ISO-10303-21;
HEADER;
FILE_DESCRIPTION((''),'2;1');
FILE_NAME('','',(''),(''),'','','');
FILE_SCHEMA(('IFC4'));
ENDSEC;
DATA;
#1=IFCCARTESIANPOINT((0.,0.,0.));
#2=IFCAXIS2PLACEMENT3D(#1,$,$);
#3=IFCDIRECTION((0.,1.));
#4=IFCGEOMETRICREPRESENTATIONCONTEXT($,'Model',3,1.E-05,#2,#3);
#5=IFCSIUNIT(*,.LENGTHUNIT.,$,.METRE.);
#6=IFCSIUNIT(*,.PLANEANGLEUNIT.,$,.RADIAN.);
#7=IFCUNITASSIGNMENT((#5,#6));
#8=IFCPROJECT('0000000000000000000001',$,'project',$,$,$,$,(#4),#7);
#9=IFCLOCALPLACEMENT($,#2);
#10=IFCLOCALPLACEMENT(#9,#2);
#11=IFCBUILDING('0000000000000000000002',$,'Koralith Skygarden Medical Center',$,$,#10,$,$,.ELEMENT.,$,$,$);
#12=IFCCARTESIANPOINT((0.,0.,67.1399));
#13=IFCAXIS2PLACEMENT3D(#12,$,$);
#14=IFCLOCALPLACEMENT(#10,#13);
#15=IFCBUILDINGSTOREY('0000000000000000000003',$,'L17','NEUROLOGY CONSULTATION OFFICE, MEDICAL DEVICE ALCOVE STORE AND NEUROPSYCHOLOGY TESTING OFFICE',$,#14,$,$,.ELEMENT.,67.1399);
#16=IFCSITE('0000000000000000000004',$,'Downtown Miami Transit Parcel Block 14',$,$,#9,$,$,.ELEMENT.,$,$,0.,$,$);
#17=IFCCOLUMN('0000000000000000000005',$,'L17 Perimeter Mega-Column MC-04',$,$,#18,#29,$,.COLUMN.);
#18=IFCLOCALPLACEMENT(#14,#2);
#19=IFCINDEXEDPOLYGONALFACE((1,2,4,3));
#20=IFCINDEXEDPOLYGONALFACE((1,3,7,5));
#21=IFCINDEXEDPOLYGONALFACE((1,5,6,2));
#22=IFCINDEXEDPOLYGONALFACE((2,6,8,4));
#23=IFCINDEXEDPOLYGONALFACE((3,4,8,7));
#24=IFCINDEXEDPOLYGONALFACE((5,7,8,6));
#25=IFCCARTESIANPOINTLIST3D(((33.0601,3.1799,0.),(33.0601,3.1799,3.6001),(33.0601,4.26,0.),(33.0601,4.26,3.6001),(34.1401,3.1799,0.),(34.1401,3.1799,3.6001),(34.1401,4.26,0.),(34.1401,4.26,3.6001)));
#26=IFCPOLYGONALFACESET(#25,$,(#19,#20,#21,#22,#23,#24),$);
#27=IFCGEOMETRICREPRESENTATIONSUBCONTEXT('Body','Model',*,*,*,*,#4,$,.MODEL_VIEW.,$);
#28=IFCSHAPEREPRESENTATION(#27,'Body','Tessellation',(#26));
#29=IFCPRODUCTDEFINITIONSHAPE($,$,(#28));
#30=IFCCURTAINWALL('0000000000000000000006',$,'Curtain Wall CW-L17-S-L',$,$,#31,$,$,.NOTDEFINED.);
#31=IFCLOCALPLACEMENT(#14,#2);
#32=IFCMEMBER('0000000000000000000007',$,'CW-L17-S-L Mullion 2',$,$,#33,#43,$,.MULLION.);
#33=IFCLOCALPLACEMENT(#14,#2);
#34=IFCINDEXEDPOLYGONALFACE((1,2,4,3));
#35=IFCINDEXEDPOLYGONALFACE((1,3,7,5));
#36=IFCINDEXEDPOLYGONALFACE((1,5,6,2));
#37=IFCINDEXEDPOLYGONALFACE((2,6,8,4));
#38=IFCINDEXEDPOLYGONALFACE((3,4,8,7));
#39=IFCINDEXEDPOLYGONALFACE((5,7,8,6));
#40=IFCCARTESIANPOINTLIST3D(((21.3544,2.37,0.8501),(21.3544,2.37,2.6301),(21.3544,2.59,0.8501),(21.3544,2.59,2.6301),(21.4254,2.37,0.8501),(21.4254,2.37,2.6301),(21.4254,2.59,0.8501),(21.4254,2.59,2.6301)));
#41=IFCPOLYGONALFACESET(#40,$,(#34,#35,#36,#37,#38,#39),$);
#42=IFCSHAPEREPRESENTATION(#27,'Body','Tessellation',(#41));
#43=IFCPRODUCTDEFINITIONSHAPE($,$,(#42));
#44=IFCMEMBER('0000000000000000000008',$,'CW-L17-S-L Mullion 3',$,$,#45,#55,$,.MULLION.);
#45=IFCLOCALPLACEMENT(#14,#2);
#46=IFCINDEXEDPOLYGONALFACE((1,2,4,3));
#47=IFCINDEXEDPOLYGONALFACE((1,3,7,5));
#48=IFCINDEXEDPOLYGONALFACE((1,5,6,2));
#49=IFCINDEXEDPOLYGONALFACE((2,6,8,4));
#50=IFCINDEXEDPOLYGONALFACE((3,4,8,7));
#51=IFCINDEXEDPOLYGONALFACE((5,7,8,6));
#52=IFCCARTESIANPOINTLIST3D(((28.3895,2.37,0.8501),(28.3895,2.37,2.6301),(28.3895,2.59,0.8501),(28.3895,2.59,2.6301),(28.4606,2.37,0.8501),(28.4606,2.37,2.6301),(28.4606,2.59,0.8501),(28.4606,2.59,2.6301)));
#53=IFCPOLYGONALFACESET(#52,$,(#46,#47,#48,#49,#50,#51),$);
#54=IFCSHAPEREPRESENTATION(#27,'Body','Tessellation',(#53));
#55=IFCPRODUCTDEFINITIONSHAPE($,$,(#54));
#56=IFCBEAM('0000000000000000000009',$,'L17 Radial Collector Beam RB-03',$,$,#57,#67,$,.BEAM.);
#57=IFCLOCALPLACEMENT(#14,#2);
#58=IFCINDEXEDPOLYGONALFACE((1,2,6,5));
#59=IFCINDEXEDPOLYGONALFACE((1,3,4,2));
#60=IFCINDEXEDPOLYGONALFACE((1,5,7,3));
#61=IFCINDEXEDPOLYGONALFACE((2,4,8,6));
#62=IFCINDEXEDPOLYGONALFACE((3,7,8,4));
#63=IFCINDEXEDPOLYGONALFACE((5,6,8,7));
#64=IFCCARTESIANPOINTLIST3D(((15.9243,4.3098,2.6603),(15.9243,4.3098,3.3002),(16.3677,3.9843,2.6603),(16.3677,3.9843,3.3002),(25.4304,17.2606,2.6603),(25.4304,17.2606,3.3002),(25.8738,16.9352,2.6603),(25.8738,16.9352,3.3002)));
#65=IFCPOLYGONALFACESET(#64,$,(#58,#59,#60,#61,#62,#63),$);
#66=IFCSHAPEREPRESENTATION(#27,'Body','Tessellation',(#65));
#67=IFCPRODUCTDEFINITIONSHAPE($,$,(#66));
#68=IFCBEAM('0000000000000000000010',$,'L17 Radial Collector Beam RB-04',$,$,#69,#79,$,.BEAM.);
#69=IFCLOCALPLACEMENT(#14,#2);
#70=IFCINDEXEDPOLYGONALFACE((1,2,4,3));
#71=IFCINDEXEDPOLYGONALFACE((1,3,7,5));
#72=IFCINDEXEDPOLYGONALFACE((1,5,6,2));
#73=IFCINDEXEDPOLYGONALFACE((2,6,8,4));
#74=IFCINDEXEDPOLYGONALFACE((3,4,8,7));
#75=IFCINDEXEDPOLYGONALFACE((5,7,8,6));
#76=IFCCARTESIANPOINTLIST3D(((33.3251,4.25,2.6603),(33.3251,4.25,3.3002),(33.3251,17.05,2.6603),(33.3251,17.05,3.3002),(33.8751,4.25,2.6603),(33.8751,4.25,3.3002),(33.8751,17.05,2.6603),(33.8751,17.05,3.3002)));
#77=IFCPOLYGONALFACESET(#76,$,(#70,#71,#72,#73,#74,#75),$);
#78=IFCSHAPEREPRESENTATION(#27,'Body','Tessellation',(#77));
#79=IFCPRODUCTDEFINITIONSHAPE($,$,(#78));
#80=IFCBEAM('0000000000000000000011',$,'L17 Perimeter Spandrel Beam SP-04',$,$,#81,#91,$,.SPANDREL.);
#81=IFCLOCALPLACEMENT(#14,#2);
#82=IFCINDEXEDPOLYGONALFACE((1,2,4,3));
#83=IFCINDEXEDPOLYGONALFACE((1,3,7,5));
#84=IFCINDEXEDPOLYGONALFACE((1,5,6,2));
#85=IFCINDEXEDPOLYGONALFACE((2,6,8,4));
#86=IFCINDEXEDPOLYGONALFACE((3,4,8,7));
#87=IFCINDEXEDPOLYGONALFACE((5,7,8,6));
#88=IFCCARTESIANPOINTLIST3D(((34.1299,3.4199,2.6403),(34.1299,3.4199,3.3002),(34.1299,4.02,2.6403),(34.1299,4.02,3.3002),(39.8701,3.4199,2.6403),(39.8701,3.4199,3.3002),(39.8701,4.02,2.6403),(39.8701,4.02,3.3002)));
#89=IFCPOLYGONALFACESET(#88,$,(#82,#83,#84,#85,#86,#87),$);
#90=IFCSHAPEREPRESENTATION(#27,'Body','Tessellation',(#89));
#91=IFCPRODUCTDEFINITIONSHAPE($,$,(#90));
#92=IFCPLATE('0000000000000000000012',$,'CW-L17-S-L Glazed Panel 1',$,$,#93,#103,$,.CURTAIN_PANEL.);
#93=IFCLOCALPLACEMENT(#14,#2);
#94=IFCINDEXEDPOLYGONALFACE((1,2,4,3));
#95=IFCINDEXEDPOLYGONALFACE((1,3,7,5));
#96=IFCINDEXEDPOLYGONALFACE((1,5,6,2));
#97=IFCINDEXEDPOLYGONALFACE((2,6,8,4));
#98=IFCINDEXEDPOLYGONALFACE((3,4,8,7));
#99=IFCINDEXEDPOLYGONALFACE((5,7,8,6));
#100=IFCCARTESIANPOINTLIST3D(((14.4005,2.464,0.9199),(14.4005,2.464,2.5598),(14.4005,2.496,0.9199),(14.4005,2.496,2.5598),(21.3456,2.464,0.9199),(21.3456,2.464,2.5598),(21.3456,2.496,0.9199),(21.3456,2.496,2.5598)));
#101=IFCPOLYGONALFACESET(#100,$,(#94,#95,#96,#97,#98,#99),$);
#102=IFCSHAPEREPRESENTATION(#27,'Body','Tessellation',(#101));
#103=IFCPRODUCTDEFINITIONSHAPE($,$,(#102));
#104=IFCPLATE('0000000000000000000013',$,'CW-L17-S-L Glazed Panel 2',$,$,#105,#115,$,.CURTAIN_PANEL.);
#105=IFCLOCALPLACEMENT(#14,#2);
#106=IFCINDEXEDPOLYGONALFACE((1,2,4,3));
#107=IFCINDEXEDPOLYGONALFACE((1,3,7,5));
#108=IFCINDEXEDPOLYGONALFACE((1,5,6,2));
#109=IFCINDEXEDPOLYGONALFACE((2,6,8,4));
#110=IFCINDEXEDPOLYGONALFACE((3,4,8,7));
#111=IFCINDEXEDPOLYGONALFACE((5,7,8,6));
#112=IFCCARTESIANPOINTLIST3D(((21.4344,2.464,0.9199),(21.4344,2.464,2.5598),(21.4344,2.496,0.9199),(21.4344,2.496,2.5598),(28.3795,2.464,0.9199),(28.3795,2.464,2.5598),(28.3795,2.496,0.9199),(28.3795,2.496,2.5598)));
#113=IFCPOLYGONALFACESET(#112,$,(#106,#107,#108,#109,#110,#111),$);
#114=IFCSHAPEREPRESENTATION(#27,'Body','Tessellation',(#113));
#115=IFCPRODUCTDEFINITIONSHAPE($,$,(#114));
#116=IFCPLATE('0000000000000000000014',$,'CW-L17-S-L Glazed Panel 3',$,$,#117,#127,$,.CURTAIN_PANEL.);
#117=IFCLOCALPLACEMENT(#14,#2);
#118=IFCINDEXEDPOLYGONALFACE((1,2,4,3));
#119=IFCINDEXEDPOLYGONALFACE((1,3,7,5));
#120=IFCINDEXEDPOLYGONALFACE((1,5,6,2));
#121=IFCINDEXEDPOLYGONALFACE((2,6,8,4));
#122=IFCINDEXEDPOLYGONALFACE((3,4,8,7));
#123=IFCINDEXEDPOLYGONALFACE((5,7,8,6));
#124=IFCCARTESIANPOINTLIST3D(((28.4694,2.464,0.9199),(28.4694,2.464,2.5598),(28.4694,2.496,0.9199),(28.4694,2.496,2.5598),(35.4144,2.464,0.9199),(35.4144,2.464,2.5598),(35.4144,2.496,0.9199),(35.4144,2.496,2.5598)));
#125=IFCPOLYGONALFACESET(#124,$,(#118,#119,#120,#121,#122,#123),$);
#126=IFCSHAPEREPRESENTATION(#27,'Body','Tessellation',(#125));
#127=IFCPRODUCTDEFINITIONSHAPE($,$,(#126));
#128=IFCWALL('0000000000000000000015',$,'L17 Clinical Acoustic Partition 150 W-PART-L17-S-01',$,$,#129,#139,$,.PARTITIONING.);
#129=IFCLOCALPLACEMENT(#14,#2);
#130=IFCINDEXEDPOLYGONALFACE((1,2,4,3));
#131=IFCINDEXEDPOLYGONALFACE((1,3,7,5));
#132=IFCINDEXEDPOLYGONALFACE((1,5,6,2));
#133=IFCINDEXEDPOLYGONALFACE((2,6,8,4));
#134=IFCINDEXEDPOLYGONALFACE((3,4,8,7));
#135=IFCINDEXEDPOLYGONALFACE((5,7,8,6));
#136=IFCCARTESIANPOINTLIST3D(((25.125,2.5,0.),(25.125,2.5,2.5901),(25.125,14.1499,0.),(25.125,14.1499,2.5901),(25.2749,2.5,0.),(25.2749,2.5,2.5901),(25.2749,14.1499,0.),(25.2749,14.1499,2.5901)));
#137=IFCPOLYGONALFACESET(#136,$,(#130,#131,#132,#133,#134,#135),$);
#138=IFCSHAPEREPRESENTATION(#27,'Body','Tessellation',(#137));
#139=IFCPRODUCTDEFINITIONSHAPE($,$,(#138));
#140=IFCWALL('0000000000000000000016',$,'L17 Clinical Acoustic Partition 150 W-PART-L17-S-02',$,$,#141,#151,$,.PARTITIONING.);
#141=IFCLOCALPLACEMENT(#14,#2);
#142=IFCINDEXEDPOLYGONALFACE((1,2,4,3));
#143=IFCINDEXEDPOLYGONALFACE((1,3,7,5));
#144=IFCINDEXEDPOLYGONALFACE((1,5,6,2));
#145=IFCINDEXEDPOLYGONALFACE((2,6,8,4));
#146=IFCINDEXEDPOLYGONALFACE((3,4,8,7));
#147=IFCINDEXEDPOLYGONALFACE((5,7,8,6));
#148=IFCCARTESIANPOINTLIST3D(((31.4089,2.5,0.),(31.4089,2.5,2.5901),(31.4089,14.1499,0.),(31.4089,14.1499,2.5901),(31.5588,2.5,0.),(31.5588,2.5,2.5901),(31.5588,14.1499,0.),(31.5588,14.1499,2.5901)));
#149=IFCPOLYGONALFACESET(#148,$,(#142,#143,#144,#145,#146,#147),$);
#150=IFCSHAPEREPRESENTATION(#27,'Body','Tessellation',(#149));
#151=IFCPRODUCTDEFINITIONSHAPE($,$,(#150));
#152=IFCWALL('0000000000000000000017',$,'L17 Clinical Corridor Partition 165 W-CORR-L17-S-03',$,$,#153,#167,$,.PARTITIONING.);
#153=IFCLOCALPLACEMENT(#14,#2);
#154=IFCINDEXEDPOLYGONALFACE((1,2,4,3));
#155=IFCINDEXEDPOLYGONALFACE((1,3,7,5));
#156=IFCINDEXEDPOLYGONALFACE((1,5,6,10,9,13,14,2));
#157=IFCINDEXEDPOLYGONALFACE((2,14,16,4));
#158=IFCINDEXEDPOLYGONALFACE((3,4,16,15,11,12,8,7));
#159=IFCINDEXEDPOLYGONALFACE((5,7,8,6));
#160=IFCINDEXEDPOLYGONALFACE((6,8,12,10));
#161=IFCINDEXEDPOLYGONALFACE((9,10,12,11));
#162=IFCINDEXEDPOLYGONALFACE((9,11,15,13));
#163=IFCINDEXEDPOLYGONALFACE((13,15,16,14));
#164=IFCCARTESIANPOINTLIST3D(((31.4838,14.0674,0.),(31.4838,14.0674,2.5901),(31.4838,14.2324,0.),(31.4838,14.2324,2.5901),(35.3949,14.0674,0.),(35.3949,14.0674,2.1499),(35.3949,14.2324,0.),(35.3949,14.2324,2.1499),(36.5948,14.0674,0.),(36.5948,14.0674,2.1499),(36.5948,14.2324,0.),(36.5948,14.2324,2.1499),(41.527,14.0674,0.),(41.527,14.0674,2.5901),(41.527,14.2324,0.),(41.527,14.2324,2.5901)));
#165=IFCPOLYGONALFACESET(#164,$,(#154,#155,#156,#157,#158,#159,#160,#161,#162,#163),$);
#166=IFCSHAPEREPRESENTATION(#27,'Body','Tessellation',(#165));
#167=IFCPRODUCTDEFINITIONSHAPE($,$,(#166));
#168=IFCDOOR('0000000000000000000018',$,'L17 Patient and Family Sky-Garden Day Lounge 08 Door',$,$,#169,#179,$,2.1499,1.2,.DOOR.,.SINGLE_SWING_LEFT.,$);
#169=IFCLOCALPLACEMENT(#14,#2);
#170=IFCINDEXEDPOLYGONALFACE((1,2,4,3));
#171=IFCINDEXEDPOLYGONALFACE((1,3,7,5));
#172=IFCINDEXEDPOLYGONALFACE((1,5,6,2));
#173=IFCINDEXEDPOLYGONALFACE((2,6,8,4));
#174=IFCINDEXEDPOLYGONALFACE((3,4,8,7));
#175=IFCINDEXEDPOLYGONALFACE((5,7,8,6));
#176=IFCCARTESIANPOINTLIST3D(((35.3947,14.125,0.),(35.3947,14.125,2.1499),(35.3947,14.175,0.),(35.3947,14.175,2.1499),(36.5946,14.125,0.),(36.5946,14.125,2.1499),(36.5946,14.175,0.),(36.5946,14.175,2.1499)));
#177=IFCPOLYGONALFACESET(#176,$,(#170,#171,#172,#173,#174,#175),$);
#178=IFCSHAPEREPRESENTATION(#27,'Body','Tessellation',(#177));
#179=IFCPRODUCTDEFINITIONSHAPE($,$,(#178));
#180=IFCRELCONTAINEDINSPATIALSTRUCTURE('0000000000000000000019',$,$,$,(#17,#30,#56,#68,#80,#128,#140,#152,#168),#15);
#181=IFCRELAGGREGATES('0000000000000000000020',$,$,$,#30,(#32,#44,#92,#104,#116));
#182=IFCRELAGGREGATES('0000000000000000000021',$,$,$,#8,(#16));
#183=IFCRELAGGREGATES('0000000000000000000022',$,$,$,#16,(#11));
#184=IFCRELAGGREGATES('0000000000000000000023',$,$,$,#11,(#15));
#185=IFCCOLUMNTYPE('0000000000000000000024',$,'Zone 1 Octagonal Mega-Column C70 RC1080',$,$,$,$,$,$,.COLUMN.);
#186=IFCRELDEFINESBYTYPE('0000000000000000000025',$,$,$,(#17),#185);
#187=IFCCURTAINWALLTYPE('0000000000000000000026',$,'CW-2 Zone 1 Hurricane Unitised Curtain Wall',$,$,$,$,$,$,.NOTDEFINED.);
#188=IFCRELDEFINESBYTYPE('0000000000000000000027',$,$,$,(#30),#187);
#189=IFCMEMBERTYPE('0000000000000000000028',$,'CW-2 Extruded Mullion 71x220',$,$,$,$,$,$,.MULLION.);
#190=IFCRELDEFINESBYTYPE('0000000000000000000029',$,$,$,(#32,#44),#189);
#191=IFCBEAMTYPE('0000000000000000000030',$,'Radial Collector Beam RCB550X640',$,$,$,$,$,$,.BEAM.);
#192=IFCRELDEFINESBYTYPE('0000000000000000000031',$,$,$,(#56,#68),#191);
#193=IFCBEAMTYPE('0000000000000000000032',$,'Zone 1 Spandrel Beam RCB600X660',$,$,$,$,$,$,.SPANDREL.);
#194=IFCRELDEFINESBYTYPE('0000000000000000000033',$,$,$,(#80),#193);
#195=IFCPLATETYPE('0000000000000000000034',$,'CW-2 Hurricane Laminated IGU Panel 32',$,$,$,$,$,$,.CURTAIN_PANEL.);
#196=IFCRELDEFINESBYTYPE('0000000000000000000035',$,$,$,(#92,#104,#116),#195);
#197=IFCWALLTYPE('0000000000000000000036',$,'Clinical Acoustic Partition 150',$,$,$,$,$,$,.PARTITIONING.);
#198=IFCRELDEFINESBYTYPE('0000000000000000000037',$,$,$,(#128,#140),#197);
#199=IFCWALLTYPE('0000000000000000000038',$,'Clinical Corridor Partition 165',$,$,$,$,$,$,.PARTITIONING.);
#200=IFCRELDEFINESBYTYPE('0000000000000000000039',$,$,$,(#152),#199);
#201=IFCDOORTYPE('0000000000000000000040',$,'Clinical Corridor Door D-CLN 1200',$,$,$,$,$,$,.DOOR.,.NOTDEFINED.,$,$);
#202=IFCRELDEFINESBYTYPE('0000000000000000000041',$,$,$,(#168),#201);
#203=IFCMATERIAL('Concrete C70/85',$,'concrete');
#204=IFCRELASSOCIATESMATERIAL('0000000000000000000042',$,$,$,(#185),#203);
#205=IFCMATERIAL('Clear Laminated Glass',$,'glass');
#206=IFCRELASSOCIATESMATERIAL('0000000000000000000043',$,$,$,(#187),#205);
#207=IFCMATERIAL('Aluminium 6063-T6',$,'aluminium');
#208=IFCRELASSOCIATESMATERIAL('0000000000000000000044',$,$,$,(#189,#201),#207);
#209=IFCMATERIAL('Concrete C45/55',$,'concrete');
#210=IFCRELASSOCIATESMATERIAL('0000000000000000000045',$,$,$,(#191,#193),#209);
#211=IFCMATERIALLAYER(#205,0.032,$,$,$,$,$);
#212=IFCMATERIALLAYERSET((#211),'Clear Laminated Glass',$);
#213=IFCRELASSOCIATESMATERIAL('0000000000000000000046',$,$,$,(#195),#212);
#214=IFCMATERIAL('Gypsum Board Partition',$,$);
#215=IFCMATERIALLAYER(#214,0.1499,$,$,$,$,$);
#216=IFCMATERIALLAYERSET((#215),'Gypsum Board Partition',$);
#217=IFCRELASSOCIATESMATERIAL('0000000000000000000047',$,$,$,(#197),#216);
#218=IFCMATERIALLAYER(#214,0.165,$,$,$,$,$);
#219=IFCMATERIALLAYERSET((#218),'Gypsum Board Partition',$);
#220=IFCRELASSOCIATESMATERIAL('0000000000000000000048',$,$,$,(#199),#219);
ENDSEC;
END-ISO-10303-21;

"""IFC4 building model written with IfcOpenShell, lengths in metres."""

from ifc_helpers import new_model, si_unit, direction, frame, frame_2d, origin, origin_2d, place, context, subcontext, project, spatial, rectangle, extrude, material, layer, layer_set, material_profile, profile_set, type_object, element, fill, aggregate, save


model = new_model("IFC4")

# Units and contexts
model_context = context("Model", 3, precision=1e-05, world=origin(), true_north=direction((0.0, 1.0)))
body_context = subcontext(model_context, "Body", "Model", "MODEL_VIEW")
ifc_project = project(units=[si_unit("LENGTHUNIT", "METRE"), si_unit("PLANEANGLEUNIT", "RADIAN")], contexts=[model_context])

# Site, building, storey
site_placement = place(None, origin())
site = spatial("IfcSite", under=ifc_project, at=site_placement, Name="Downtown Miami Transit Parcel Block 14", CompositionType="ELEMENT", RefElevation=0.0)
building_placement = place(site_placement, origin())
building = spatial("IfcBuilding", under=site, at=building_placement, Name="Koralith Skygarden Medical Center", CompositionType="ELEMENT")
storey_placement = place(building_placement, frame((0.0, 0.0, 67.1399)))
storey = spatial("IfcBuildingStorey", under=building, at=storey_placement, Name="L17", Description="NEUROLOGY CONSULTATION OFFICE, MEDICAL DEVICE ALCOVE STORE AND NEUROPSYCHOLOGY TESTING OFFICE", CompositionType="ELEMENT", Elevation=67.1399)

# Column
ifc_material_1 = material(Name="Concrete C70/85", Category="concrete")
ifc_material_profile_1 = material_profile(ifc_material_1, rectangle(XDim=1.0801, YDim=1.0801, at=origin_2d()), Name="RC1080X1080")
ifc_profile_set_1 = profile_set([ifc_material_profile_1], Name="Concrete C70/85")
column_type = type_object("IfcColumnType", Name="Zone 1 Octagonal Mega-Column C70 RC1080", PredefinedType="COLUMN", material=ifc_profile_set_1)
column_placement = place(storey_placement, frame((33.6001, 3.72, 0.0), z_axis=(0.0, 0.0, 1.0), x_axis=(1.0, 0.0, 0.0)))
element("IfcColumn", 1, at=column_placement, inside=storey, type_object=column_type, Name="L17 Perimeter Mega-Column MC-04", PredefinedType="COLUMN", context=body_context, shape_type="SweptSolid", body=[
    extrude(rectangle(XDim=1.0801, YDim=1.0801, at=origin_2d()), origin(), (0.0, 0.0, 1.0), 3.6001),
])

# Curtain wall, members
ifc_material_2 = material(Name="Clear Laminated Glass", Category="glass")
curtain_wall_type = type_object("IfcCurtainWallType", Name="CW-2 Zone 1 Hurricane Unitised Curtain Wall", PredefinedType="NOTDEFINED", material=ifc_material_2)
curtain_wall_placement = place(storey_placement, origin())
curtain_wall = element("IfcCurtainWall", 2, at=curtain_wall_placement, inside=storey, type_object=curtain_wall_type, Name="Curtain Wall CW-L17-S-L", PredefinedType="NOTDEFINED")
ifc_material_3 = material(Name="Aluminium 6063-T6", Category="aluminium")
ifc_material_profile_2 = material_profile(ifc_material_3, rectangle(XDim=0.071, YDim=0.22, at=origin_2d()), Name="MUL71X220")
ifc_profile_set_2 = profile_set([ifc_material_profile_2], Name="Aluminium 6063-T6")
member_type = type_object("IfcMemberType", Name="CW-2 Extruded Mullion 71x220", PredefinedType="MULLION", material=ifc_profile_set_2)
member_1_placement = place(storey_placement, frame((21.3899, 2.48, 0.8501), z_axis=(0.0, 0.0, 1.0), x_axis=(1.0, 0.0, 0.0)))
member_1 = element("IfcMember", 3, at=member_1_placement, type_object=member_type, Name="CW-L17-S-L Mullion 2", PredefinedType="MULLION", context=body_context, shape_type="SweptSolid", body=[
    extrude(rectangle(XDim=0.071, YDim=0.22, at=origin_2d()), origin(), (0.0, 0.0, 1.0), 1.78),
])
member_2_placement = place(storey_placement, frame((28.425, 2.48, 0.8501), z_axis=(0.0, 0.0, 1.0), x_axis=(1.0, 0.0, 0.0)))
member_2 = element("IfcMember", 4, at=member_2_placement, type_object=member_type, Name="CW-L17-S-L Mullion 3", PredefinedType="MULLION", context=body_context, shape_type="SweptSolid", body=[
    extrude(rectangle(XDim=0.071, YDim=0.22, at=origin_2d()), origin(), (0.0, 0.0, 1.0), 1.78),
])

# Beams
ifc_material_4 = material(Name="Concrete C45/55", Category="concrete")
ifc_material_profile_3 = material_profile(ifc_material_4, rectangle(XDim=0.55, YDim=0.6399, at=origin_2d()), Name="RCB550X640")
ifc_profile_set_3 = profile_set([ifc_material_profile_3], Name="Concrete C45/55")
beam_type_1 = type_object("IfcBeamType", Name="Radial Collector Beam RCB550X640", PredefinedType="BEAM", material=ifc_profile_set_3)
beam_1_placement = place(storey_placement, frame((25.6521, 17.0979, 2.9802), z_axis=(-0.591718, -0.806145, 0.0), x_axis=(0.806145, -0.591718, 0.0)))
element("IfcBeam", 5, at=beam_1_placement, inside=storey, type_object=beam_type_1, Name="L17 Radial Collector Beam RB-03", PredefinedType="BEAM", context=body_context, shape_type="SweptSolid", body=[
    extrude(rectangle(XDim=0.55, YDim=0.6399, at=origin_2d()), origin(), (0.0, 0.0, 1.0), 16.0652),
])
beam_2_placement = place(storey_placement, frame((33.6001, 17.05, 2.9802), z_axis=(0.0, -1.0, 0.0), x_axis=(1.0, 0.0, 0.0)))
element("IfcBeam", 6, at=beam_2_placement, inside=storey, type_object=beam_type_1, Name="L17 Radial Collector Beam RB-04", PredefinedType="BEAM", context=body_context, shape_type="SweptSolid", body=[
    extrude(rectangle(XDim=0.55, YDim=0.6399, at=origin_2d()), origin(), (0.0, 0.0, 1.0), 12.8),
])
ifc_material_profile_4 = material_profile(ifc_material_4, rectangle(XDim=0.6001, YDim=0.6599, at=origin_2d()), Name="RCB600X660")
ifc_profile_set_4 = profile_set([ifc_material_profile_4], Name="Concrete C45/55")
beam_type_2 = type_object("IfcBeamType", Name="Zone 1 Spandrel Beam RCB600X660", PredefinedType="SPANDREL", material=ifc_profile_set_4)
beam_3_placement = place(storey_placement, frame((34.1299, 3.72, 2.9702), z_axis=(1.0, 0.0, 0.0), x_axis=(0.0, 1.0, 0.0)))
element("IfcBeam", 7, at=beam_3_placement, inside=storey, type_object=beam_type_2, Name="L17 Perimeter Spandrel Beam SP-04", PredefinedType="SPANDREL", context=body_context, shape_type="SweptSolid", body=[
    extrude(rectangle(XDim=0.6001, YDim=0.6599, at=origin_2d()), origin(), (0.0, 0.0, 1.0), 5.7402),
])

# Plates
ifc_layer_1 = layer(ifc_material_2, 0.032)
ifc_layer_set_1 = layer_set([ifc_layer_1], Name="Clear Laminated Glass")
plate_type = type_object("IfcPlateType", Name="CW-2 Hurricane Laminated IGU Panel 32", PredefinedType="CURTAIN_PANEL", material=ifc_layer_set_1)
plate_1_placement = place(storey_placement, frame((17.873, 2.48, 0.9199), z_axis=(0.0, 0.0, 1.0), x_axis=(1.0, 0.0, 0.0)))
plate_1 = element("IfcPlate", 8, at=plate_1_placement, type_object=plate_type, Name="CW-L17-S-L Glazed Panel 1", PredefinedType="CURTAIN_PANEL", context=body_context, shape_type="SweptSolid", body=[
    extrude(rectangle(XDim=6.9451, YDim=0.032, at=origin_2d()), origin(), (0.0, 0.0, 1.0), 1.6399),
])
plate_2_placement = place(storey_placement, frame((24.907, 2.48, 0.9199), z_axis=(0.0, 0.0, 1.0), x_axis=(1.0, 0.0, 0.0)))
plate_2 = element("IfcPlate", 9, at=plate_2_placement, type_object=plate_type, Name="CW-L17-S-L Glazed Panel 2", PredefinedType="CURTAIN_PANEL", context=body_context, shape_type="SweptSolid", body=[
    extrude(rectangle(XDim=6.9451, YDim=0.032, at=origin_2d()), origin(), (0.0, 0.0, 1.0), 1.6399),
])
plate_3_placement = place(storey_placement, frame((31.9419, 2.48, 0.9199), z_axis=(0.0, 0.0, 1.0), x_axis=(1.0, 0.0, 0.0)))
plate_3 = element("IfcPlate", 10, at=plate_3_placement, type_object=plate_type, Name="CW-L17-S-L Glazed Panel 3", PredefinedType="CURTAIN_PANEL", context=body_context, shape_type="SweptSolid", body=[
    extrude(rectangle(XDim=6.9451, YDim=0.032, at=origin_2d()), origin(), (0.0, 0.0, 1.0), 1.6399),
])
aggregate(curtain_wall, [member_1, member_2, plate_1, plate_2, plate_3])

# Walls
ifc_material_5 = material(Name="Gypsum Board Partition")
ifc_layer_2 = layer(ifc_material_5, 0.1499)
ifc_layer_set_2 = layer_set([ifc_layer_2], Name="Gypsum Board Partition")
wall_type_1 = type_object("IfcWallType", Name="Clinical Acoustic Partition 150", PredefinedType="PARTITIONING", material=ifc_layer_set_2)
for number, where, z_axis, x_axis, name in (
    (11, (25.2, 14.1499, 0.0), (0.0, 0.0, 1.0), (0.0, -1.0, 0.0), "L17 Clinical Acoustic Partition 150 W-PART-L17-S-01"),
    (12, (31.4839, 14.1499, 0.0), (0.0, 0.0, 1.0), (0.0, -1.0, 0.0), "L17 Clinical Acoustic Partition 150 W-PART-L17-S-02"),
):
    element("IfcWall", number, at=place(storey_placement, frame(where, z_axis=z_axis, x_axis=x_axis)), inside=storey, type_object=wall_type_1, Name=name, PredefinedType="PARTITIONING", context=body_context, shape_type="SweptSolid", body=[
        extrude(rectangle(XDim=11.6499, YDim=0.1499, at=frame_2d((5.825, 0.0))), origin(), (0.0, 0.0, 1.0), 2.5901),
    ])

# Wall, opening, door
ifc_layer_3 = layer(ifc_material_5, 0.165)
ifc_layer_set_3 = layer_set([ifc_layer_3], Name="Gypsum Board Partition")
wall_type_2 = type_object("IfcWallType", Name="Clinical Corridor Partition 165", PredefinedType="PARTITIONING", material=ifc_layer_set_3)
door_type_1 = type_object("IfcDoorType", Name="Clinical Corridor Door D-CLN 1200", OperationType="NOTDEFINED", PredefinedType="DOOR", material=ifc_material_3)
wall_1_placement = place(storey_placement, frame((31.4839, 14.1499, 0.0), z_axis=(0.0, 0.0, 1.0), x_axis=(1.0, 0.0, 0.0)))
wall_1 = element("IfcWall", 13, at=wall_1_placement, inside=storey, type_object=wall_type_2, Name="L17 Clinical Corridor Partition 165 W-CORR-L17-S-03", PredefinedType="PARTITIONING", context=body_context, shape_type="SweptSolid", body=[
    extrude(rectangle(XDim=10.0432, YDim=0.165, at=frame_2d((5.0215, 0.0))), origin(), (0.0, 0.0, 1.0), 2.5901),
])
opening_1_placement = place(wall_1_placement, frame((3.9109, 0.0, 0.0)))
opening_1 = element("IfcOpeningElement", 14, at=opening_1_placement, cuts=wall_1, PredefinedType="OPENING", context=body_context, shape_type="SweptSolid", body=[
    extrude(rectangle(XDim=1.2, YDim=2.1499, at=frame_2d((0.6001, 1.075))), frame((0.0, 0.0925, 0.0), z_axis=(0.0, -1.0, 0.0), x_axis=(1.0, 0.0, 0.0)), (0.0, 0.0, 1.0), 0.1851),
])
door_1_placement = place(opening_1_placement, frame((1.2, 0.0, 0.0), z_axis=(0.0, 0.0, 1.0), x_axis=(-1.0, 0.0, 0.0)))
door_1 = element("IfcDoor", 15, at=door_1_placement, inside=storey, type_object=door_type_1, Name="L17 Patient and Family Sky-Garden Day Lounge 08 Door", OperationType="SINGLE_SWING_LEFT", OverallHeight=2.1499, OverallWidth=1.2, PredefinedType="DOOR", context=body_context, shape_type="SweptSolid", body=[
    extrude(rectangle(XDim=1.2, YDim=2.1499, at=frame_2d((0.6001, 1.075))), frame((0.0, 0.0249, 0.0), z_axis=(0.0, -1.0, 0.0), x_axis=(1.0, 0.0, 0.0)), (0.0, 0.0, 1.0), 0.05),
])
fill(opening_1, door_1)

save(model, "model.ifc")
